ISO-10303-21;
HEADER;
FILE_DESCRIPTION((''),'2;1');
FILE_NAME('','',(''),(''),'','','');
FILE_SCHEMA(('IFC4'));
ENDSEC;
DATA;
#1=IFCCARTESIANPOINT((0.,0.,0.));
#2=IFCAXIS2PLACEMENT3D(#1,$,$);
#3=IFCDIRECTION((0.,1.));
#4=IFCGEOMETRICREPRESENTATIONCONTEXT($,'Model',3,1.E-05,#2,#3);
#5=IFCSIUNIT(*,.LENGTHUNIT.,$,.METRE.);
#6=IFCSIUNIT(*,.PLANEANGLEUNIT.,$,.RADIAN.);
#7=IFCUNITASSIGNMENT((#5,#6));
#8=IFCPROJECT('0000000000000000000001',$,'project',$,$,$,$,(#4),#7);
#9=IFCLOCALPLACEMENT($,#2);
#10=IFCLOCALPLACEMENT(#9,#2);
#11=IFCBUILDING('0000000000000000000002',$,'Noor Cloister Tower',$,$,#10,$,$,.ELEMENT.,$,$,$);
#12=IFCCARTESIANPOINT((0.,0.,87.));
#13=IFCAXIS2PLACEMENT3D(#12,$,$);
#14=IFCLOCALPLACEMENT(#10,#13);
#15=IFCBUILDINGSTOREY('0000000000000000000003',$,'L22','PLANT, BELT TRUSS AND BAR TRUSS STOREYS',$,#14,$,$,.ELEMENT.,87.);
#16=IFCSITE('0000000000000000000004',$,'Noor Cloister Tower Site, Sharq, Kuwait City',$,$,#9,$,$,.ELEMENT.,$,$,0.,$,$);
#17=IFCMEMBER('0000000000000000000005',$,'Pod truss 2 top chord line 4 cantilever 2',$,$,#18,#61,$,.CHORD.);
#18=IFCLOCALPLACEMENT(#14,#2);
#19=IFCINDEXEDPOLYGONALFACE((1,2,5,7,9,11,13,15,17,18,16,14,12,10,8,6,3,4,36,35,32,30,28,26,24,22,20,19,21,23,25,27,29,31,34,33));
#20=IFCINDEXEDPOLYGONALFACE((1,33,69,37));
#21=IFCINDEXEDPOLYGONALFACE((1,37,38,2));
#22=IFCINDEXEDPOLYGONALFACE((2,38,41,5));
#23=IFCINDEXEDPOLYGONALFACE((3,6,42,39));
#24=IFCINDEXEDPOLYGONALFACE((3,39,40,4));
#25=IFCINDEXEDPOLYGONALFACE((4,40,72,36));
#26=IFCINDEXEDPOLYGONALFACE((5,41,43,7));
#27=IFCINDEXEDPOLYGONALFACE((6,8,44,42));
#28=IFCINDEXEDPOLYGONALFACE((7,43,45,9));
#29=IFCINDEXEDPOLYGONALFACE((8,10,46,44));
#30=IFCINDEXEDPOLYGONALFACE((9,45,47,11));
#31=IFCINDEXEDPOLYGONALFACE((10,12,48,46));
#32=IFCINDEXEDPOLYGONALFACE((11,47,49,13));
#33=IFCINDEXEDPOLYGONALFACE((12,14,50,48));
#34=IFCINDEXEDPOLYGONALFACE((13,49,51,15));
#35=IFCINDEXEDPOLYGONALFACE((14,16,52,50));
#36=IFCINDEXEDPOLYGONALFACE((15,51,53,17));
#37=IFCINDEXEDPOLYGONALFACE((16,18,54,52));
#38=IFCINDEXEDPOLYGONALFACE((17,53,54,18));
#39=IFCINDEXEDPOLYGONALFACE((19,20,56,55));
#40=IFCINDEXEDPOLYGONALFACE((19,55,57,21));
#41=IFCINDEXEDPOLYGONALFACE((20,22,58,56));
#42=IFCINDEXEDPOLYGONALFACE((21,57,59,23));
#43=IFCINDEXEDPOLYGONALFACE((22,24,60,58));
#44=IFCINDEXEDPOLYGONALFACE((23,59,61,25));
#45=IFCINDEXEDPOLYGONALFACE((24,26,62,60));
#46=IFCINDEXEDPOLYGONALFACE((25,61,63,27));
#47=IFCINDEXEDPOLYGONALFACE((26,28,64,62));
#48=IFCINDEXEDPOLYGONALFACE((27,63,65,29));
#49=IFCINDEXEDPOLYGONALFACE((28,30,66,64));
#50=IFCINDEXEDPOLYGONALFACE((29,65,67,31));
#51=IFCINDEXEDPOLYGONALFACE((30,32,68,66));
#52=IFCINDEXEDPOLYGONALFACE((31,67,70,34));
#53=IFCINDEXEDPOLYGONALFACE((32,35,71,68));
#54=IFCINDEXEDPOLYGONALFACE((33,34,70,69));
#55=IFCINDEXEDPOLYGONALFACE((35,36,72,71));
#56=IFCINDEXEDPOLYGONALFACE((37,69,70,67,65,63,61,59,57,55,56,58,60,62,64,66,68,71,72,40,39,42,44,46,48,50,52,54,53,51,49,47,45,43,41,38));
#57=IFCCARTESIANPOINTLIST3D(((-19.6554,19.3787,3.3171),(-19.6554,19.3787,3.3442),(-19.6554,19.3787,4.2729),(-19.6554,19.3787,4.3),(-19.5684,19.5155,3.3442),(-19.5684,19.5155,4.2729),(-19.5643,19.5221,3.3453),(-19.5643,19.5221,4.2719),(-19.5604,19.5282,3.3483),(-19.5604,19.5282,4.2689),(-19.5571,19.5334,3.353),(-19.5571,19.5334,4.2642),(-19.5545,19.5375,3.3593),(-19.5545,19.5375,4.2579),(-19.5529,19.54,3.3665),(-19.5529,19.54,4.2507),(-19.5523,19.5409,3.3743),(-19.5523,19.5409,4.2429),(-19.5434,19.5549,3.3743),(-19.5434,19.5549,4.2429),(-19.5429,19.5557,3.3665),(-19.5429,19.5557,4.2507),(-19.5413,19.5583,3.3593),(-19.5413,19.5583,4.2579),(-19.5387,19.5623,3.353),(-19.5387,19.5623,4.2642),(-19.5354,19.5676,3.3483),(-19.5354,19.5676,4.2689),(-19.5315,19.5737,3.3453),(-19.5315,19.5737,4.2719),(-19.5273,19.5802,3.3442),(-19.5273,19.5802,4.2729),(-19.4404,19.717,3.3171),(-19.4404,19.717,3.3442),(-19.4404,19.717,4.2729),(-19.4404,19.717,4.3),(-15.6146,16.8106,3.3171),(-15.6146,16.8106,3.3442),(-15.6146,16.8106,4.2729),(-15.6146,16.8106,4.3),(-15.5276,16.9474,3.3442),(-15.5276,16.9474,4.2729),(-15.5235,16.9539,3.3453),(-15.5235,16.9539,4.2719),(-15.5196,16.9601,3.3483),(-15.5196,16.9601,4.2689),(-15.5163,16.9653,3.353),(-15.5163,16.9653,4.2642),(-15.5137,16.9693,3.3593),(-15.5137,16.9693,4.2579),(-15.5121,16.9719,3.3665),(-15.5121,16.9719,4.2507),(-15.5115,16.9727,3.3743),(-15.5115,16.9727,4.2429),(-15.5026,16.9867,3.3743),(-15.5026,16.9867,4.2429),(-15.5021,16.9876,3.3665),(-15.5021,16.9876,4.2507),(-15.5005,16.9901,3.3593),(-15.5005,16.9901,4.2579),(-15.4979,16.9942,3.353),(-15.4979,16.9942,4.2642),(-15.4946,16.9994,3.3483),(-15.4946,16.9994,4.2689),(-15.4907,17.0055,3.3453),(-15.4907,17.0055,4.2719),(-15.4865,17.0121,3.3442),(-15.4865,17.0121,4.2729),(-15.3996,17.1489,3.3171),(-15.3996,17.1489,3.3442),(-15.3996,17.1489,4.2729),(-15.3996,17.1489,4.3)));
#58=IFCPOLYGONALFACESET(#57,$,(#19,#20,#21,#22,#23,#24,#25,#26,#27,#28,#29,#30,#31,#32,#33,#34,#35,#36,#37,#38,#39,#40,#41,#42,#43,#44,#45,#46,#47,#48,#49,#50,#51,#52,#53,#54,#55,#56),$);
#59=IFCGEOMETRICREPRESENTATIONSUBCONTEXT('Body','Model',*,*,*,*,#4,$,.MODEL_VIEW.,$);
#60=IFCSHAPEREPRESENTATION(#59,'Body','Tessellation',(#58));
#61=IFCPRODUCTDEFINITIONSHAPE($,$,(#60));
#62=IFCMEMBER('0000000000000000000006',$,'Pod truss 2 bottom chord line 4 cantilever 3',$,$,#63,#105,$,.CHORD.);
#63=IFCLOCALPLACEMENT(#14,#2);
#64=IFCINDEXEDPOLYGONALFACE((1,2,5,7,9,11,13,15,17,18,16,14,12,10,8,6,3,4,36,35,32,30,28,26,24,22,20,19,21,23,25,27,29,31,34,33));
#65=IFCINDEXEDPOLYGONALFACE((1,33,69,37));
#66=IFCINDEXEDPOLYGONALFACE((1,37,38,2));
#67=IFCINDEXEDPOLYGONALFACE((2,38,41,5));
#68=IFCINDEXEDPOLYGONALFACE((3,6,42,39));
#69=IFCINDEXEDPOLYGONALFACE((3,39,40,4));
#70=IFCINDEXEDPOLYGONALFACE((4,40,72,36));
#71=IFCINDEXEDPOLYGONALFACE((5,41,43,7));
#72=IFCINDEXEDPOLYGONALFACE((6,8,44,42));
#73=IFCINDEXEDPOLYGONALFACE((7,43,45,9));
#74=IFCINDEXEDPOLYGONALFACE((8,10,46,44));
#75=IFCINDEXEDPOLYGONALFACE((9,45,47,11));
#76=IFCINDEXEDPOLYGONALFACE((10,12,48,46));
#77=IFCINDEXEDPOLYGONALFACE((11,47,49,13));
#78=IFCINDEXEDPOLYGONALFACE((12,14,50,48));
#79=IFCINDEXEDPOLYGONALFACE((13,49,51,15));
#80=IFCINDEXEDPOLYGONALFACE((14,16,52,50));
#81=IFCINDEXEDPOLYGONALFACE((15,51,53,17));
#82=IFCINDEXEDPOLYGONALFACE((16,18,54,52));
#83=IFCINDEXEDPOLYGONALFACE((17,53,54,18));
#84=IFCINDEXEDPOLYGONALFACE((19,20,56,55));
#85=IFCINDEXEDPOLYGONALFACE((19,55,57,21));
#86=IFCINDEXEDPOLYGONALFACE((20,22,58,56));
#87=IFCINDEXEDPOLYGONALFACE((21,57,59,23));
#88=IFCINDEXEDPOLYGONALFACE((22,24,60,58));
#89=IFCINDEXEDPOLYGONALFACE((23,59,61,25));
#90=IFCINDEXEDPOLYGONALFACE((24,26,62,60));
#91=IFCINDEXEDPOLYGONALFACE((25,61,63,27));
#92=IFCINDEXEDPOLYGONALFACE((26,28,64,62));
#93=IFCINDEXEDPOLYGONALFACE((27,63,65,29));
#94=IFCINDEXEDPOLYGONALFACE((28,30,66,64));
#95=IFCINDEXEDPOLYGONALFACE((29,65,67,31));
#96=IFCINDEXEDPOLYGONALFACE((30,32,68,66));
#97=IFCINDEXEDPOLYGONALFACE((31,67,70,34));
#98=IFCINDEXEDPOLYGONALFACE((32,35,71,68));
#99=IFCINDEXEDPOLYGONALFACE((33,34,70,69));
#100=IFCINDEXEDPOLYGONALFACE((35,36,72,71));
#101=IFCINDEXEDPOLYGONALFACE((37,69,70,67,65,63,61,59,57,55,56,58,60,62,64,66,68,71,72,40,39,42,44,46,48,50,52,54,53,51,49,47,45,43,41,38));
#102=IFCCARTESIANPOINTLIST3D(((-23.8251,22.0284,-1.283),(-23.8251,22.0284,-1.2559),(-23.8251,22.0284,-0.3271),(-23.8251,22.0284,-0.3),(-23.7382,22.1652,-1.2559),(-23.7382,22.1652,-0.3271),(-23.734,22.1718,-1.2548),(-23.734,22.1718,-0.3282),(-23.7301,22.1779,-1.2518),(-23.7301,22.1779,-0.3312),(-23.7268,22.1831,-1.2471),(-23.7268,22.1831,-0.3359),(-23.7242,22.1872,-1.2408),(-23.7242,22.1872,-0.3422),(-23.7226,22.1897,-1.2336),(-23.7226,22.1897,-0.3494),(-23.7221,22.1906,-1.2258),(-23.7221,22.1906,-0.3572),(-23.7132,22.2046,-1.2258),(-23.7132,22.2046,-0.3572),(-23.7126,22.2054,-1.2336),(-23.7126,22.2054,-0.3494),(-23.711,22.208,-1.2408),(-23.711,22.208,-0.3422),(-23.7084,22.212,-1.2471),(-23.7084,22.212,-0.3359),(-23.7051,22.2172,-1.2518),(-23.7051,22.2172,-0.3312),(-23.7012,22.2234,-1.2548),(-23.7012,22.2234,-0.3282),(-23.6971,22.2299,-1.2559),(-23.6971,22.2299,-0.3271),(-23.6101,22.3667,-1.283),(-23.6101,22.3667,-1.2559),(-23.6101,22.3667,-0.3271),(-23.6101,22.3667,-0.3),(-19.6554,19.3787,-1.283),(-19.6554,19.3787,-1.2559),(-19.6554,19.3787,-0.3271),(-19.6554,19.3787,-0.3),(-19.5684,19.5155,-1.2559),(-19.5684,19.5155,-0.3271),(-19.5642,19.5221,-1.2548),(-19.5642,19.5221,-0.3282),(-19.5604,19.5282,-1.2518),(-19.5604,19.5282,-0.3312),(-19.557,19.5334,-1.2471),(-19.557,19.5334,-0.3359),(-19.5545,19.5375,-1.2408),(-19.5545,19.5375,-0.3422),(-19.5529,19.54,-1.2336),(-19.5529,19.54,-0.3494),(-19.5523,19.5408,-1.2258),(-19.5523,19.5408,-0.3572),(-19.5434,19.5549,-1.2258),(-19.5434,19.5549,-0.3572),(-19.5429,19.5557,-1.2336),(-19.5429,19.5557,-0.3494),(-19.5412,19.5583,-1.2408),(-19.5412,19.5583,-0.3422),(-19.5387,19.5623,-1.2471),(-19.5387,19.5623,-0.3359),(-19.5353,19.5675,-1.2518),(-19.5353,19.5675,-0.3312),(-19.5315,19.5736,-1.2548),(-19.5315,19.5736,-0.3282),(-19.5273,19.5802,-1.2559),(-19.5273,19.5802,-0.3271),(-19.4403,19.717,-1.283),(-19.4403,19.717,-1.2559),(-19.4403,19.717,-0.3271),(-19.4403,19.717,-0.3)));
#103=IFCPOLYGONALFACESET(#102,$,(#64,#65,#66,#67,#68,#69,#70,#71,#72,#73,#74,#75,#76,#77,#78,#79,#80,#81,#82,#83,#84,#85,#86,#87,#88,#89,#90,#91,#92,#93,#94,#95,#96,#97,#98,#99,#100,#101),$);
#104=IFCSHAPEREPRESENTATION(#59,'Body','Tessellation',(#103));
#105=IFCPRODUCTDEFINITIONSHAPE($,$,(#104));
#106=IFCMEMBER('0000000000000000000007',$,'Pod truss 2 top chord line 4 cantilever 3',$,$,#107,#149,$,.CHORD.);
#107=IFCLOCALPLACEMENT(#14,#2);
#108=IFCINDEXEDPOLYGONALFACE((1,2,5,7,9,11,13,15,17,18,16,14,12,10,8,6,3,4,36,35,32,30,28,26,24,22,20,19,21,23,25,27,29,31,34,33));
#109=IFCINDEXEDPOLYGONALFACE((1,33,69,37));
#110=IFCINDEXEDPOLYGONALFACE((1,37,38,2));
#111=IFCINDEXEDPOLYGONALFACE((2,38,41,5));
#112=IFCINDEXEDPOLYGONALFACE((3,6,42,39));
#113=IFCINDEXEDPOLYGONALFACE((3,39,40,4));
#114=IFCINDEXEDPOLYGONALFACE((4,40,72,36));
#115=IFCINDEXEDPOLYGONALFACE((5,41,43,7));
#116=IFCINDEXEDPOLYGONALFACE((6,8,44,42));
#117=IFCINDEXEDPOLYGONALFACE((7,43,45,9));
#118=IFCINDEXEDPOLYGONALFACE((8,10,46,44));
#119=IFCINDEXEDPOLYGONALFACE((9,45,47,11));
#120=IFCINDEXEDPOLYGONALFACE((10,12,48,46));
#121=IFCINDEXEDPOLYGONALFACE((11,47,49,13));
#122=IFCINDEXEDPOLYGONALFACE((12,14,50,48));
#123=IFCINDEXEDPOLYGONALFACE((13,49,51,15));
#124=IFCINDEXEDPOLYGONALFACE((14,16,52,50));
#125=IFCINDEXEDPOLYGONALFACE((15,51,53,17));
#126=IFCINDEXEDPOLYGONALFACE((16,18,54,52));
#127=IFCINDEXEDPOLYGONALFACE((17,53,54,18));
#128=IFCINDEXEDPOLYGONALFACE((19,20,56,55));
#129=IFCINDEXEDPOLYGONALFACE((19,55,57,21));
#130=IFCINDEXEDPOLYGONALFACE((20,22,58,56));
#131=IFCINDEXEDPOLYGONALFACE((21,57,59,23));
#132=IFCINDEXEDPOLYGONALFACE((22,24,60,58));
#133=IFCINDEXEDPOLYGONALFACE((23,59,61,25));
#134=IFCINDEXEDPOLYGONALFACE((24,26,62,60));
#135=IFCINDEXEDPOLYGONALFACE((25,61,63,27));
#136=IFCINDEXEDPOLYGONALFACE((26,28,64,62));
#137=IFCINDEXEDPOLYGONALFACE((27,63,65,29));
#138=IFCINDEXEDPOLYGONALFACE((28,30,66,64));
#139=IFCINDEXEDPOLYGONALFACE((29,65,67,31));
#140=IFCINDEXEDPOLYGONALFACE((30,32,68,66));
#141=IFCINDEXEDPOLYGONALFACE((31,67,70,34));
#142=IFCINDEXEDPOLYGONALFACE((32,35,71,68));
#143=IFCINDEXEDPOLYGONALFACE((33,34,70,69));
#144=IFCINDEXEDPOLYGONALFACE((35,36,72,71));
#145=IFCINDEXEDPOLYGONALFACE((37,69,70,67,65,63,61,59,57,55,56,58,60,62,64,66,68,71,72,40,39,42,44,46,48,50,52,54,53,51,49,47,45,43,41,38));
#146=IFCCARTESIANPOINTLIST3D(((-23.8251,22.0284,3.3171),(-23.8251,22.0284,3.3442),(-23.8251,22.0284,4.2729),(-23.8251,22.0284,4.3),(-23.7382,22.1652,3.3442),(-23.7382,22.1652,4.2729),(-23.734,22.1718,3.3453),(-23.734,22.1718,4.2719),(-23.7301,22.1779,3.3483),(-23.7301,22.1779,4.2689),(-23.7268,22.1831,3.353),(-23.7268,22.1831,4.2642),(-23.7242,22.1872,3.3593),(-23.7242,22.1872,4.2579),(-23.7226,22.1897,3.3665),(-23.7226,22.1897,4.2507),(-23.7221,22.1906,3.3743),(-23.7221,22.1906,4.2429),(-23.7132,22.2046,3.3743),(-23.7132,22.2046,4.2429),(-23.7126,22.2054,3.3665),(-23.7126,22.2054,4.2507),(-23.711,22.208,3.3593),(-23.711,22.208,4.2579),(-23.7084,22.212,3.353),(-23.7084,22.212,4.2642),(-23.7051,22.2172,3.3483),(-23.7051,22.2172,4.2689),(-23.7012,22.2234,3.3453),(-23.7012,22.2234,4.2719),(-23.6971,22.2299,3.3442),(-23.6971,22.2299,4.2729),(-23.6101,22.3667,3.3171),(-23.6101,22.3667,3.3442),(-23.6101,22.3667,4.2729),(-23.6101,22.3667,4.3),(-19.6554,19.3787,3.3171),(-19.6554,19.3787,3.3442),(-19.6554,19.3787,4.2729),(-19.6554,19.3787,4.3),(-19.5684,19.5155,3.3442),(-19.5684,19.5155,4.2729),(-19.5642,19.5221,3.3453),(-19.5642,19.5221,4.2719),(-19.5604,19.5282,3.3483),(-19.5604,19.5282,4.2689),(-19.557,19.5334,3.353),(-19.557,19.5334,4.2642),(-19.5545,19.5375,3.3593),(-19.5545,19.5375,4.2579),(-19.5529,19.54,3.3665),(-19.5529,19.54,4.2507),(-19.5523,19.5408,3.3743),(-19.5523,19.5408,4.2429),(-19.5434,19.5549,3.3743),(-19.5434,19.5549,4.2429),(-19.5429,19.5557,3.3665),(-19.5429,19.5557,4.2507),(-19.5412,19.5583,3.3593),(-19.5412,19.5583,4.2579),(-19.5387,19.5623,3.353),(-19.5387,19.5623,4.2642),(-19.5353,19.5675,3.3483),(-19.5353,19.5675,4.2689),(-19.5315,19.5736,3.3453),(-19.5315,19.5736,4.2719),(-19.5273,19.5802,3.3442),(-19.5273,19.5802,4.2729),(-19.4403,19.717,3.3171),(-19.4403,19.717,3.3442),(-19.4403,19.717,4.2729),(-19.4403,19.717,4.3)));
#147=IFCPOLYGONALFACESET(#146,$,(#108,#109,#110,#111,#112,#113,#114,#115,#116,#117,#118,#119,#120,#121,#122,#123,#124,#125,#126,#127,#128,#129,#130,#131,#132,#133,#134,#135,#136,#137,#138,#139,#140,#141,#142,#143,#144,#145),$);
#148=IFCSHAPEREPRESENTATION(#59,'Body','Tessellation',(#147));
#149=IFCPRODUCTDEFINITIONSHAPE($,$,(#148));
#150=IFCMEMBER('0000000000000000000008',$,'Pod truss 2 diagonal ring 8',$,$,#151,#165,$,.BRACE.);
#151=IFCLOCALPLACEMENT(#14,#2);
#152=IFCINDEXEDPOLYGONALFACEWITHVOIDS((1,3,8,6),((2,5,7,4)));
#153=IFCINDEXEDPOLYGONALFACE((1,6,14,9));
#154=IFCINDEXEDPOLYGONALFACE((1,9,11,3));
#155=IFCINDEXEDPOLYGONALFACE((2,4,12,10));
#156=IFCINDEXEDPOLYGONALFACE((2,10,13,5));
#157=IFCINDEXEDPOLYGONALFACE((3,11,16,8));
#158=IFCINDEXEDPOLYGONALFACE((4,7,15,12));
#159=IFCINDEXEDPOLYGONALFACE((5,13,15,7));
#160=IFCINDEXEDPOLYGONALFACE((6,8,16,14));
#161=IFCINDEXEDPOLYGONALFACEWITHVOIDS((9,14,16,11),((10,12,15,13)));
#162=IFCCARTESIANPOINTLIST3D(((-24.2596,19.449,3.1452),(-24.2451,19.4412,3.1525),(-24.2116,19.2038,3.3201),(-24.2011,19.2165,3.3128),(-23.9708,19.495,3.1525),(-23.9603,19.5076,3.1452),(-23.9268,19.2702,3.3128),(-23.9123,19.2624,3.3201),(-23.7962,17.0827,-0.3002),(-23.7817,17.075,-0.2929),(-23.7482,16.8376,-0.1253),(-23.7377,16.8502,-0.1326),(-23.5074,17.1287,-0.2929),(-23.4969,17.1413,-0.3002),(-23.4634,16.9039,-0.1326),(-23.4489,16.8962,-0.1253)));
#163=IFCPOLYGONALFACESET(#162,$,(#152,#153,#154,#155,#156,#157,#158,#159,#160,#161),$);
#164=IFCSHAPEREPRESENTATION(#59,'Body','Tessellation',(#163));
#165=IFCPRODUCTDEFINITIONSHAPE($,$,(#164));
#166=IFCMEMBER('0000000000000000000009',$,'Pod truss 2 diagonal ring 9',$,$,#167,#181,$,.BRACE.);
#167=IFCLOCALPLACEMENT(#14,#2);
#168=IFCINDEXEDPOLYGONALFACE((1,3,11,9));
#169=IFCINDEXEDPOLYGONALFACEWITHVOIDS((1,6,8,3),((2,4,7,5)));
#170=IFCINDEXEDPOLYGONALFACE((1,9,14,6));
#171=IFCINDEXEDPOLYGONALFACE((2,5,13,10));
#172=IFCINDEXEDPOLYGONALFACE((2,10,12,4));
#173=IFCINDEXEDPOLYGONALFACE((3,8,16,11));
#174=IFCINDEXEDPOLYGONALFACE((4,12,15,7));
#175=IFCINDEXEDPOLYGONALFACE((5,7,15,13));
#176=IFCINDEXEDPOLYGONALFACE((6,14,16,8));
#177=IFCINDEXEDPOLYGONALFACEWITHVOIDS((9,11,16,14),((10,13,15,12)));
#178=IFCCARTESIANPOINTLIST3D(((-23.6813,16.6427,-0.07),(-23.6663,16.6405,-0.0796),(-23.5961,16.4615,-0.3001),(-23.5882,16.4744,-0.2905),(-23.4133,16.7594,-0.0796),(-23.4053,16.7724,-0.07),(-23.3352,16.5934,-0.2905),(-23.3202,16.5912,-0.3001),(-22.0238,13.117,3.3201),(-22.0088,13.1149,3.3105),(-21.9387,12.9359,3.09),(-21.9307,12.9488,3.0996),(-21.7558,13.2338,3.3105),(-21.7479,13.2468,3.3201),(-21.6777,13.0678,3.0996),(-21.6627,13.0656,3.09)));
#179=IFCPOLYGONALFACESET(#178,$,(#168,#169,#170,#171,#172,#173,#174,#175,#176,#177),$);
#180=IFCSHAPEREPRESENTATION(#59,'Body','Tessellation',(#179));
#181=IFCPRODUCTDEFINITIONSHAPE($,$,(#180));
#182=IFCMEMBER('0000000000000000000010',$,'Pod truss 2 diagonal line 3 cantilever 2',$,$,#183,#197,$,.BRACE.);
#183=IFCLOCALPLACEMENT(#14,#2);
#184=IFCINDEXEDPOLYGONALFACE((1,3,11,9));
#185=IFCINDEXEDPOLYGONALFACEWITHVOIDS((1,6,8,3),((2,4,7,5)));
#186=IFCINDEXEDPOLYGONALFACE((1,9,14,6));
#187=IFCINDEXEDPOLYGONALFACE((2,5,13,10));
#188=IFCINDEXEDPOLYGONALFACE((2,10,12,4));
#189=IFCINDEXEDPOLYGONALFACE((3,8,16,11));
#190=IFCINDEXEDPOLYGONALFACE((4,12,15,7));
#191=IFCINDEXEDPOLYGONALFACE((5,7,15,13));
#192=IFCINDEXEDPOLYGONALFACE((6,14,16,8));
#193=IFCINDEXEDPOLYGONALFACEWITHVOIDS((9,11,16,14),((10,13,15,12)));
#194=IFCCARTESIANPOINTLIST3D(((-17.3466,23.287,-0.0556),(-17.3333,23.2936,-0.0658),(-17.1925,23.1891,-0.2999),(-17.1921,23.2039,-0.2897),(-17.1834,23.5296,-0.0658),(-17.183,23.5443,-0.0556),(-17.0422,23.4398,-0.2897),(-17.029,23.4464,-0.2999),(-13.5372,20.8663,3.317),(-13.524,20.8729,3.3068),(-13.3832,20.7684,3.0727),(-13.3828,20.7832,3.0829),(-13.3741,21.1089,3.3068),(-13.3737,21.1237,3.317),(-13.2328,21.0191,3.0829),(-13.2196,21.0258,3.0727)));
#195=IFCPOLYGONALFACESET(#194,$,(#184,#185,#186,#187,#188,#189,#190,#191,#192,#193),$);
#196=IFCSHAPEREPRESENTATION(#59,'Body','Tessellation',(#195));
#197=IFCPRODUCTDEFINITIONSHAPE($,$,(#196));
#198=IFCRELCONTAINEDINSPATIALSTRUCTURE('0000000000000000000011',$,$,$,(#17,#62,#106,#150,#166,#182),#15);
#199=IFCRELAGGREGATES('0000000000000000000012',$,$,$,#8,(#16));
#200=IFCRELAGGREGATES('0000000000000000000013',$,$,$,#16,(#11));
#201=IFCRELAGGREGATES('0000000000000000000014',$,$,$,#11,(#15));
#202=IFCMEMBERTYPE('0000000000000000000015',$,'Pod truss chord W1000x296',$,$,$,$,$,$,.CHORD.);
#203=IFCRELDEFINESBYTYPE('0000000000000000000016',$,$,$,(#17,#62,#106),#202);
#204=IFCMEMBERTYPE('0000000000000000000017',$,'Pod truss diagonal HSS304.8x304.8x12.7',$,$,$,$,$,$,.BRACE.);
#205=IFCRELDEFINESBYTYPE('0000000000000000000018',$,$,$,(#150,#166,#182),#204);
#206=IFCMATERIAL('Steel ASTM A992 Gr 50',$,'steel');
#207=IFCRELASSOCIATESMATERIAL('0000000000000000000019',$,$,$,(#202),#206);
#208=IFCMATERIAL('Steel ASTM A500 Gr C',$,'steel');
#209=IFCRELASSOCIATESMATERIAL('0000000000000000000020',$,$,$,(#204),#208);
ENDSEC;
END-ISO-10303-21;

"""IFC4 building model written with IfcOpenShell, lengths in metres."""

from ifc_helpers import new_model, si_unit, direction, frame, origin, origin_2d, place, context, subcontext, project, spatial, hollow_rectangle, i_section, extrude, material, material_profile, profile_set, type_object, element, save


model = new_model("IFC4")

# Units and contexts
model_context = context("Model", 3, precision=1e-05, world=origin(), true_north=direction((0.0, 1.0)))
body_context = subcontext(model_context, "Body", "Model", "MODEL_VIEW")
ifc_project = project(units=[si_unit("LENGTHUNIT", "METRE"), si_unit("PLANEANGLEUNIT", "RADIAN")], contexts=[model_context])

# Site, building, storey
site_placement = place(None, origin())
site = spatial("IfcSite", under=ifc_project, at=site_placement, Name="Noor Cloister Tower Site, Sharq, Kuwait City", CompositionType="ELEMENT", RefElevation=0.0)
building_placement = place(site_placement, origin())
building = spatial("IfcBuilding", under=site, at=building_placement, Name="Noor Cloister Tower", CompositionType="ELEMENT")
storey_placement = place(building_placement, frame((0.0, 0.0, 87.0)))
storey = spatial("IfcBuildingStorey", under=building, at=storey_placement, Name="L22", Description="PLANT, BELT TRUSS AND BAR TRUSS STOREYS", CompositionType="ELEMENT", Elevation=87.0)

# Members
ifc_material_1 = material(Name="Steel ASTM A992 Gr 50", Category="steel")
ifc_material_profile_1 = material_profile(ifc_material_1, i_section(OverallWidth=0.4009, OverallDepth=0.9829, WebThickness=0.0166, FlangeThickness=0.0271, FilletRadius=0.03, at=origin_2d()), Name="W1000x296")
ifc_profile_set_1 = profile_set([ifc_material_profile_1], Name="Steel ASTM A992 Gr 50")
member_type_1 = type_object("IfcMemberType", Name="Pod truss chord W1000x296", PredefinedType="CHORD", material=ifc_profile_set_1)
for number, where, z_axis, x_axis, name in (
    (1, (-15.5071, 16.9797, 3.8086), (-0.843972, 0.536387, 0.0), (-0.536387, -0.843972, 0.0), "Pod truss 2 top chord line 4 cantilever 2"),
):
    element("IfcMember", number, at=place(storey_placement, frame(where, z_axis=z_axis, x_axis=x_axis)), inside=storey, type_object=member_type_1, Name=name, PredefinedType="CHORD", context=body_context, shape_type="SweptSolid", body=[
        extrude(i_section(OverallWidth=0.4009, OverallDepth=0.9829, WebThickness=0.0166, FlangeThickness=0.0271, FilletRadius=0.03, at=origin_2d()), origin(), (0.0, 0.0, 1.0), 4.7878),
    ])
for number, where, z_axis, x_axis, name in (
    (2, (-19.5479, 19.5479, -0.7915), (-0.844007, 0.536332, 0.0), (-0.536332, -0.844007, 0.0), "Pod truss 2 bottom chord line 4 cantilever 3"),
    (3, (-19.5479, 19.5479, 3.8086), (-0.844007, 0.536332, 0.0), (-0.536332, -0.844007, 0.0), "Pod truss 2 top chord line 4 cantilever 3"),
):
    element("IfcMember", number, at=place(storey_placement, frame(where, z_axis=z_axis, x_axis=x_axis)), inside=storey, type_object=member_type_1, Name=name, PredefinedType="CHORD", context=body_context, shape_type="SweptSolid", body=[
        extrude(i_section(OverallWidth=0.4009, OverallDepth=0.9829, WebThickness=0.0166, FlangeThickness=0.0271, FilletRadius=0.03, at=origin_2d()), origin(), (0.0, 0.0, 1.0), 4.9404),
    ])
ifc_material_2 = material(Name="Steel ASTM A500 Gr C", Category="steel")
ifc_material_profile_2 = material_profile(ifc_material_2, hollow_rectangle(XDim=0.3049, YDim=0.3049, WallThickness=0.0127, at=origin_2d()), Name="HSS304.8x304.8x12.7")
ifc_profile_set_2 = profile_set([ifc_material_profile_2], Name="Steel ASTM A500 Gr C")
member_type_2 = type_object("IfcMemberType", Name="Pod truss diagonal HSS304.8x304.8x12.7", PredefinedType="BRACE", material=ifc_profile_set_2)
member_1_placement = place(storey_placement, frame((-24.0859, 19.3557, 3.2327), z_axis=(0.110191, -0.562685, -0.819295), x_axis=(0.981359, 0.192181, 0.0)))
element("IfcMember", 4, at=member_1_placement, inside=storey, type_object=member_type_2, Name="Pod truss 2 diagonal ring 8", PredefinedType="BRACE", context=body_context, shape_type="SweptSolid", body=[
    extrude(hollow_rectangle(XDim=0.3049, YDim=0.3049, WallThickness=0.0127, at=origin_2d()), origin(), (0.0, 0.0, 1.0), 4.2053),
])
member_2_placement = place(storey_placement, frame((-23.5007, 16.6169, -0.1851), z_axis=(0.320946, -0.682689, 0.656452), x_axis=(0.904982, 0.42545, 0.0)))
element("IfcMember", 5, at=member_2_placement, inside=storey, type_object=member_type_2, Name="Pod truss 2 diagonal ring 9", PredefinedType="BRACE", context=body_context, shape_type="SweptSolid", body=[
    extrude(hollow_rectangle(XDim=0.3049, YDim=0.3049, WallThickness=0.0127, at=origin_2d()), origin(), (0.0, 0.0, 1.0), 5.1643),
])
member_3_placement = place(storey_placement, frame((-13.3784, 20.946, 3.1948), z_axis=(-0.676103, 0.429633, -0.598582), x_axis=(-0.536329, -0.844009, 0.0)))
element("IfcMember", 6, at=member_3_placement, inside=storey, type_object=member_type_2, Name="Pod truss 2 diagonal line 3 cantilever 2", PredefinedType="BRACE", context=body_context, shape_type="SweptSolid", body=[
    extrude(hollow_rectangle(XDim=0.3049, YDim=0.3049, WallThickness=0.0127, at=origin_2d()), origin(), (0.0, 0.0, 1.0), 5.6343),
])

save(model, "model.ifc")
